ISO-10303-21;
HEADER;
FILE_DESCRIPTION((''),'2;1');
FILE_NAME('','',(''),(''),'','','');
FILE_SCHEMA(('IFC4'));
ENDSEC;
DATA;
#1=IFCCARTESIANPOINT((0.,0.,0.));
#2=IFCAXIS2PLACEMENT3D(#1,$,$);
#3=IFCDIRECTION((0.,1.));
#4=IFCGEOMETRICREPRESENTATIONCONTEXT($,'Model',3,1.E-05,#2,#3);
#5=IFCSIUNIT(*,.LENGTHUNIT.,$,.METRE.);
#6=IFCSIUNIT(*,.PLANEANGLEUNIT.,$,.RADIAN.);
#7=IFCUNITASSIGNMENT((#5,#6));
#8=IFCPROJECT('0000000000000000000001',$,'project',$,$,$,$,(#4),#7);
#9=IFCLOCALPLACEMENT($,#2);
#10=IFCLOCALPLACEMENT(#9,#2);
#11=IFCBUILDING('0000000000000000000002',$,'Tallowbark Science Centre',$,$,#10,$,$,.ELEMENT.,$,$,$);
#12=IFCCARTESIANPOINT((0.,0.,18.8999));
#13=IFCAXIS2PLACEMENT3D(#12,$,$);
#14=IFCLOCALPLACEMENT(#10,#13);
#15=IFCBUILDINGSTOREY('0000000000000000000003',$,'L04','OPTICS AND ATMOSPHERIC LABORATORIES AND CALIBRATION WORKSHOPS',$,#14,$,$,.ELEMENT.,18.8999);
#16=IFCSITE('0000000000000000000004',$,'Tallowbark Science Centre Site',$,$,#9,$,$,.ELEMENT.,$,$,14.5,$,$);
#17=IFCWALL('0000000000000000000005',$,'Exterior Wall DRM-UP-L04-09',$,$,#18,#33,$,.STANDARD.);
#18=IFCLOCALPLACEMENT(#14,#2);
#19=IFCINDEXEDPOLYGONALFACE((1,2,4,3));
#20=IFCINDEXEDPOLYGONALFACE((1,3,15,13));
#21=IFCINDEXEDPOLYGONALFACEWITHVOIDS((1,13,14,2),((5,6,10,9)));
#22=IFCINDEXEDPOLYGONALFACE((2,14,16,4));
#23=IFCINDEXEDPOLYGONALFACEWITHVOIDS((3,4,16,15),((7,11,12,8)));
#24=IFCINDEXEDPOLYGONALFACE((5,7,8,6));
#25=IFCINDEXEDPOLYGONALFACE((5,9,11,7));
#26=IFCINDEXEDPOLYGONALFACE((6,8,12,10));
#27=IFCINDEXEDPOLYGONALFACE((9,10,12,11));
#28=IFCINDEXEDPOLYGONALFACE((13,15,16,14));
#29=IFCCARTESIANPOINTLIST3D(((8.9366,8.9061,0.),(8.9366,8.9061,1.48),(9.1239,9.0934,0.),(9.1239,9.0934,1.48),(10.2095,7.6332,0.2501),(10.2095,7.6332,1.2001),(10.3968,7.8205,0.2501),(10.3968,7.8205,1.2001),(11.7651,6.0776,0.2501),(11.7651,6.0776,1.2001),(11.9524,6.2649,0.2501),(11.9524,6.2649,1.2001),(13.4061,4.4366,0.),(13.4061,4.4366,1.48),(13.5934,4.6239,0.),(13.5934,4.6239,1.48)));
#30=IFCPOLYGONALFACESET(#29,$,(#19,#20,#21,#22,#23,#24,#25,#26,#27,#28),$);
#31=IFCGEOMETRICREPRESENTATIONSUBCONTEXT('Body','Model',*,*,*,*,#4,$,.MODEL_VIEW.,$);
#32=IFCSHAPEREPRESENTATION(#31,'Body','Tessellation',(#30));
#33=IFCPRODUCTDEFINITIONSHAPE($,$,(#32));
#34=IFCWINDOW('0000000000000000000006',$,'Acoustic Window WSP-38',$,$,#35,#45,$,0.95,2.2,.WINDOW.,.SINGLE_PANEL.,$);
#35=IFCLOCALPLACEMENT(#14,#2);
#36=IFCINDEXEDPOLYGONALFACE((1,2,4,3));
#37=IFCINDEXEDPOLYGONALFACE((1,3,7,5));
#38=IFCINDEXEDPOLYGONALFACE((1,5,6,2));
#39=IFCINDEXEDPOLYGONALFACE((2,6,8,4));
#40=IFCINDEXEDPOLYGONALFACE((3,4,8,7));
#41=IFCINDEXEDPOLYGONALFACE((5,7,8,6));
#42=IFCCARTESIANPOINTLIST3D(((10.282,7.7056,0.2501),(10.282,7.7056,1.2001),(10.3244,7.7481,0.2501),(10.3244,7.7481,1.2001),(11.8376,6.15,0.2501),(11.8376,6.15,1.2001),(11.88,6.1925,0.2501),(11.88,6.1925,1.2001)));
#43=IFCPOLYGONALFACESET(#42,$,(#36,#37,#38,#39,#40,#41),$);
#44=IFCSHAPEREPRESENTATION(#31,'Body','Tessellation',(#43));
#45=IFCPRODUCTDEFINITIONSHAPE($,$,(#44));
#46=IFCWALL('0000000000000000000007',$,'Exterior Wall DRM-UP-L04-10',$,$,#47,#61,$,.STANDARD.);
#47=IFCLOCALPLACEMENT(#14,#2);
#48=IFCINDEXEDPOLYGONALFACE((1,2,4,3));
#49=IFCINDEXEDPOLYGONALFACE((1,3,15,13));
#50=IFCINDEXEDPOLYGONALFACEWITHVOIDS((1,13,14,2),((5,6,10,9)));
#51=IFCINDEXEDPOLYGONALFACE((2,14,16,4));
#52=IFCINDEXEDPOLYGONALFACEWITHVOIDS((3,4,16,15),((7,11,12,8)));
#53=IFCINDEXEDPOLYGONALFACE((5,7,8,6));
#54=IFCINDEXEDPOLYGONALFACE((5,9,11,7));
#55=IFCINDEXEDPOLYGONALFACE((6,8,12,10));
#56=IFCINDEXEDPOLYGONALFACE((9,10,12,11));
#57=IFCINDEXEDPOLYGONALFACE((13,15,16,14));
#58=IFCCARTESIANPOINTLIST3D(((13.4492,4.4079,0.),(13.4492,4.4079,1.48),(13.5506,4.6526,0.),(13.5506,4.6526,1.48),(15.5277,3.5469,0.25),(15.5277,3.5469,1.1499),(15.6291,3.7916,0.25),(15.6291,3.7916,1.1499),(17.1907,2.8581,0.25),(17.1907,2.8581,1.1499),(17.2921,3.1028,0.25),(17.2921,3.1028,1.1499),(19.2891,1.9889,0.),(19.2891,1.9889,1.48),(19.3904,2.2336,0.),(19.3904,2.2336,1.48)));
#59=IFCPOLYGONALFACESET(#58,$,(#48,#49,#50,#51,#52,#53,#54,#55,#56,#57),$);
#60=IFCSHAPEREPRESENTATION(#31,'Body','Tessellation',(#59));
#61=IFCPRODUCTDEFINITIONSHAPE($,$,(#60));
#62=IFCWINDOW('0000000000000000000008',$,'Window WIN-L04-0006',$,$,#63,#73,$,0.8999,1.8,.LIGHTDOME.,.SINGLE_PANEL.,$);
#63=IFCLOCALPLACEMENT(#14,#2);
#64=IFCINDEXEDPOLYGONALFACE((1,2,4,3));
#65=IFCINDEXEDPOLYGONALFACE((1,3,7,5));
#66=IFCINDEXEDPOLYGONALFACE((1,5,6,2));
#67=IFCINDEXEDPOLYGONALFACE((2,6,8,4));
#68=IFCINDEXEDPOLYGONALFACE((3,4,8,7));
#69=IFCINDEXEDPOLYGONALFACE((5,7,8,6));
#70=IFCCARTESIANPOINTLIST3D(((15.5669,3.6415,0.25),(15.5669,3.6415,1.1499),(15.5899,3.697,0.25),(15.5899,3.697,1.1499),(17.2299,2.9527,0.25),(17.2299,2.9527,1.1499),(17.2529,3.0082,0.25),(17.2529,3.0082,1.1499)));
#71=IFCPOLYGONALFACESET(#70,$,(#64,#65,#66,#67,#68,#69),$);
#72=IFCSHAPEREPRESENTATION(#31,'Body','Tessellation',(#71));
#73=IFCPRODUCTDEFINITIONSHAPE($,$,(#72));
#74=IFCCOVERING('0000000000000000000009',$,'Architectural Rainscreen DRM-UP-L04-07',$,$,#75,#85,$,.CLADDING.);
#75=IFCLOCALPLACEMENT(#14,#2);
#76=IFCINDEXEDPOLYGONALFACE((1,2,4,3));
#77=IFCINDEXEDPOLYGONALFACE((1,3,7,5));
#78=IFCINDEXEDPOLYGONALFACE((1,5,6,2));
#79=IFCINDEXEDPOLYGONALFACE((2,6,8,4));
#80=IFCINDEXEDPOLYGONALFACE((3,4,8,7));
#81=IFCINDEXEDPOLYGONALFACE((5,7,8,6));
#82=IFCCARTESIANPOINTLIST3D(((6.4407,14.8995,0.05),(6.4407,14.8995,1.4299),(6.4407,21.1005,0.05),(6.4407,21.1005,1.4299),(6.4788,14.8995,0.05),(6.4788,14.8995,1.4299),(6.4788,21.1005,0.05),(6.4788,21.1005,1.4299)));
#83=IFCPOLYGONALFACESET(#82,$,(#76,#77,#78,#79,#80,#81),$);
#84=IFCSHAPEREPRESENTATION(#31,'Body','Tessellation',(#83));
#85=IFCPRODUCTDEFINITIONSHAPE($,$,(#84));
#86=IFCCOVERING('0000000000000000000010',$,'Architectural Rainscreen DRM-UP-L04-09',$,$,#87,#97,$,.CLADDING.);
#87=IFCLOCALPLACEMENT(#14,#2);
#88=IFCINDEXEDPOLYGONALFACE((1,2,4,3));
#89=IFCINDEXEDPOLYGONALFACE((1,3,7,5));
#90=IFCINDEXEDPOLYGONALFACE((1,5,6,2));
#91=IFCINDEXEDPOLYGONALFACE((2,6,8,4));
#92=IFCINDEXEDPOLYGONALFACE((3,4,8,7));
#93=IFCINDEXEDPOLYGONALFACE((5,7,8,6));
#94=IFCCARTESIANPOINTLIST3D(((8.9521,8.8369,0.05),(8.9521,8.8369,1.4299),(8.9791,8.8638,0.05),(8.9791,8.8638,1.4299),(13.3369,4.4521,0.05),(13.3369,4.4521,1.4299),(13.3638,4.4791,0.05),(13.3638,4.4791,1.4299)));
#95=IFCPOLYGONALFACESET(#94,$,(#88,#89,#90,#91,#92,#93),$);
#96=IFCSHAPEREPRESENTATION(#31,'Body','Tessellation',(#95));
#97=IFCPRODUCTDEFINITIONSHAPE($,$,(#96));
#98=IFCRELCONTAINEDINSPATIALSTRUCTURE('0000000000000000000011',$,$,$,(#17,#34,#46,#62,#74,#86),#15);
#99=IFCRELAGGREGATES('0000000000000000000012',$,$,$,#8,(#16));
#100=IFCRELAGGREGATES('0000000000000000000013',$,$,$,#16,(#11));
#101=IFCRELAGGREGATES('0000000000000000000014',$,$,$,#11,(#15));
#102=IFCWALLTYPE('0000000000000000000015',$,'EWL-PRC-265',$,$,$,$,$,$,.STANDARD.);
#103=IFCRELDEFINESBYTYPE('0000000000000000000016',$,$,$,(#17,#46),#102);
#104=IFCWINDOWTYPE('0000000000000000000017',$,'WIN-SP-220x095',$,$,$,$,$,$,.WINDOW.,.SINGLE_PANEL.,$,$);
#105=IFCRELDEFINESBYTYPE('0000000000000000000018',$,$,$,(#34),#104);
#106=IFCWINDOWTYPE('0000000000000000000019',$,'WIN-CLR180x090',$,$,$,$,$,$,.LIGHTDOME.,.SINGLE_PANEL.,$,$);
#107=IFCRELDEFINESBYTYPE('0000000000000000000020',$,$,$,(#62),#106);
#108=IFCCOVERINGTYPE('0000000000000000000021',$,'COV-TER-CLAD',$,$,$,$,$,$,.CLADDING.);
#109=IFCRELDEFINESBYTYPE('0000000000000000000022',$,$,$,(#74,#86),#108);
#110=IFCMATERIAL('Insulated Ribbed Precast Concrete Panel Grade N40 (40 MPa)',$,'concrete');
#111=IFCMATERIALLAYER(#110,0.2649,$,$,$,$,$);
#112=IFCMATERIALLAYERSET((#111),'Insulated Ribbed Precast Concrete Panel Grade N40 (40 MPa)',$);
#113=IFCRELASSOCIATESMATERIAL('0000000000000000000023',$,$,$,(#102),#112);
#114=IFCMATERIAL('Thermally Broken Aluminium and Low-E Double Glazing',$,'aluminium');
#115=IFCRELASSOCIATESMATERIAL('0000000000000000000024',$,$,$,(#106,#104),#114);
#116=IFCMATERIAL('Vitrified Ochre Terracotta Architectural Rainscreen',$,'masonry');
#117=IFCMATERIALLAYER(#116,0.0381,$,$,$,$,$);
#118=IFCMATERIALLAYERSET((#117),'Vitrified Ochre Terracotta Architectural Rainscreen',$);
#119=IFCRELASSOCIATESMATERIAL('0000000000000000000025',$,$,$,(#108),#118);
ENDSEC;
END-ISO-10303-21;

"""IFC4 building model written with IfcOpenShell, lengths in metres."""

from ifc_helpers import new_model, si_unit, direction, frame, frame_2d, origin, origin_2d, place, context, subcontext, project, spatial, rectangle, extrude, material, layer, layer_set, type_object, element, fill, save


model = new_model("IFC4")

# Units and contexts
model_context = context("Model", 3, precision=1e-05, world=origin(), true_north=direction((0.0, 1.0)))
body_context = subcontext(model_context, "Body", "Model", "MODEL_VIEW")
ifc_project = project(units=[si_unit("LENGTHUNIT", "METRE"), si_unit("PLANEANGLEUNIT", "RADIAN")], contexts=[model_context])

# Site, building, storey
site_placement = place(None, origin())
site = spatial("IfcSite", under=ifc_project, at=site_placement, Name="Tallowbark Science Centre Site", CompositionType="ELEMENT", RefElevation=14.5)
building_placement = place(site_placement, origin())
building = spatial("IfcBuilding", under=site, at=building_placement, Name="Tallowbark Science Centre", CompositionType="ELEMENT")
storey_placement = place(building_placement, frame((0.0, 0.0, 18.8999)))
storey = spatial("IfcBuildingStorey", under=building, at=storey_placement, Name="L04", Description="OPTICS AND ATMOSPHERIC LABORATORIES AND CALIBRATION WORKSHOPS", CompositionType="ELEMENT", Elevation=18.8999)

# Walls, openings, windows
ifc_material_1 = material(Name="Insulated Ribbed Precast Concrete Panel Grade N40 (40 MPa)", Category="concrete")
ifc_layer_1 = layer(ifc_material_1, 0.2649)
ifc_layer_set_1 = layer_set([ifc_layer_1], Name="Insulated Ribbed Precast Concrete Panel Grade N40 (40 MPa)")
wall_type = type_object("IfcWallType", Name="EWL-PRC-265", PredefinedType="STANDARD", material=ifc_layer_set_1)
ifc_material_2 = material(Name="Thermally Broken Aluminium and Low-E Double Glazing", Category="aluminium")
window_type_1 = type_object("IfcWindowType", Name="WIN-CLR180x090", PartitioningType="SINGLE_PANEL", PredefinedType="LIGHTDOME", material=ifc_material_2)
wall_1_placement = place(storey_placement, frame((9.0303, 8.9998, 0.0), z_axis=(0.0, 0.0, 1.0), x_axis=(0.707107, -0.707107, 0.0)))
wall_1 = element("IfcWall", 1, at=wall_1_placement, inside=storey, type_object=wall_type, Name="Exterior Wall DRM-UP-L04-09", PredefinedType="STANDARD", context=body_context, shape_type="SweptSolid", body=[
    extrude(rectangle(XDim=6.3208, YDim=0.2649, at=frame_2d((3.1604, 0.0))), origin(), (0.0, 0.0, 1.0), 1.48),
])
opening_1_placement = place(wall_1_placement, frame((1.8, 0.0, 0.25)))
opening_1 = element("IfcOpeningElement", 2, at=opening_1_placement, cuts=wall_1, PredefinedType="OPENING", context=body_context, shape_type="SweptSolid", body=[
    extrude(rectangle(XDim=2.2, YDim=0.95, at=frame_2d((1.1001, 0.4751))), frame((0.0, 0.1426, 0.0), z_axis=(0.0, -1.0, 0.0), x_axis=(1.0, 0.0, 0.0)), (0.0, 0.0, 1.0), 0.2849),
])
window_type_2 = type_object("IfcWindowType", Name="WIN-SP-220x095", PartitioningType="SINGLE_PANEL", PredefinedType="WINDOW", material=ifc_material_2)
window_1_placement = place(opening_1_placement, origin())
window_1 = element("IfcWindow", 3, at=window_1_placement, inside=storey, type_object=window_type_2, Name="Acoustic Window WSP-38", OverallHeight=0.95, OverallWidth=2.2, PartitioningType="SINGLE_PANEL", PredefinedType="WINDOW", context=body_context, shape_type="SweptSolid", body=[
    extrude(rectangle(XDim=2.2, YDim=0.95, at=frame_2d((1.1001, 0.4751))), frame((0.0, 0.03, 0.0), z_axis=(0.0, -1.0, 0.0), x_axis=(1.0, 0.0, 0.0)), (0.0, 0.0, 1.0), 0.0601),
])
fill(opening_1, window_1)
wall_2_placement = place(storey_placement, frame((13.4998, 4.5303, 0.0), z_axis=(0.0, 0.0, 1.0), x_axis=(0.923879, -0.382684, 0.0)))
wall_2 = element("IfcWall", 4, at=wall_2_placement, inside=storey, type_object=wall_type, Name="Exterior Wall DRM-UP-L04-10", PredefinedType="STANDARD", context=body_context, shape_type="SweptSolid", body=[
    extrude(rectangle(XDim=6.321, YDim=0.2649, at=frame_2d((3.1606, 0.0))), origin(), (0.0, 0.0, 1.0), 1.48),
])
opening_2_placement = place(wall_2_placement, frame((2.25, 0.0, 0.25)))
opening_2 = element("IfcOpeningElement", 5, at=opening_2_placement, cuts=wall_2, PredefinedType="OPENING", context=body_context, shape_type="SweptSolid", body=[
    extrude(rectangle(XDim=1.8, YDim=0.8999, at=frame_2d((0.8999, 0.45))), frame((0.0, 0.1426, 0.0), z_axis=(0.0, -1.0, 0.0), x_axis=(1.0, 0.0, 0.0)), (0.0, 0.0, 1.0), 0.2849),
])
window_2_placement = place(opening_2_placement, origin())
window_2 = element("IfcWindow", 6, at=window_2_placement, inside=storey, type_object=window_type_1, Name="Window WIN-L04-0006", OverallHeight=0.8999, OverallWidth=1.8, PartitioningType="SINGLE_PANEL", PredefinedType="LIGHTDOME", context=body_context, shape_type="SweptSolid", body=[
    extrude(rectangle(XDim=1.8, YDim=0.8999, at=frame_2d((0.8999, 0.45))), frame((0.0, 0.03, 0.0), z_axis=(0.0, -1.0, 0.0), x_axis=(1.0, 0.0, 0.0)), (0.0, 0.0, 1.0), 0.0601),
])
fill(opening_2, window_2)

# Coverings
ifc_material_3 = material(Name="Vitrified Ochre Terracotta Architectural Rainscreen", Category="masonry")
ifc_layer_2 = layer(ifc_material_3, 0.0381)
ifc_layer_set_2 = layer_set([ifc_layer_2], Name="Vitrified Ochre Terracotta Architectural Rainscreen")
covering_type = type_object("IfcCoveringType", Name="COV-TER-CLAD", PredefinedType="CLADDING", material=ifc_layer_set_2)
for number, where, z_axis, x_axis, name in (
    (7, (6.4597, 18.0, 0.05), (0.0, 0.0, 1.0), (0.0, -1.0, 0.0), "Architectural Rainscreen DRM-UP-L04-07"),
    (8, (11.158, 6.658, 0.05), (0.0, 0.0, 1.0), (0.707107, -0.707107, 0.0), "Architectural Rainscreen DRM-UP-L04-09"),
):
    element("IfcCovering", number, at=place(storey_placement, frame(where, z_axis=z_axis, x_axis=x_axis)), inside=storey, type_object=covering_type, Name=name, PredefinedType="CLADDING", context=body_context, shape_type="SweptSolid", body=[
        extrude(rectangle(XDim=6.2009, YDim=0.0381, at=origin_2d()), origin(), (0.0, 0.0, 1.0), 1.3799),
    ])

save(model, "model.ifc")
